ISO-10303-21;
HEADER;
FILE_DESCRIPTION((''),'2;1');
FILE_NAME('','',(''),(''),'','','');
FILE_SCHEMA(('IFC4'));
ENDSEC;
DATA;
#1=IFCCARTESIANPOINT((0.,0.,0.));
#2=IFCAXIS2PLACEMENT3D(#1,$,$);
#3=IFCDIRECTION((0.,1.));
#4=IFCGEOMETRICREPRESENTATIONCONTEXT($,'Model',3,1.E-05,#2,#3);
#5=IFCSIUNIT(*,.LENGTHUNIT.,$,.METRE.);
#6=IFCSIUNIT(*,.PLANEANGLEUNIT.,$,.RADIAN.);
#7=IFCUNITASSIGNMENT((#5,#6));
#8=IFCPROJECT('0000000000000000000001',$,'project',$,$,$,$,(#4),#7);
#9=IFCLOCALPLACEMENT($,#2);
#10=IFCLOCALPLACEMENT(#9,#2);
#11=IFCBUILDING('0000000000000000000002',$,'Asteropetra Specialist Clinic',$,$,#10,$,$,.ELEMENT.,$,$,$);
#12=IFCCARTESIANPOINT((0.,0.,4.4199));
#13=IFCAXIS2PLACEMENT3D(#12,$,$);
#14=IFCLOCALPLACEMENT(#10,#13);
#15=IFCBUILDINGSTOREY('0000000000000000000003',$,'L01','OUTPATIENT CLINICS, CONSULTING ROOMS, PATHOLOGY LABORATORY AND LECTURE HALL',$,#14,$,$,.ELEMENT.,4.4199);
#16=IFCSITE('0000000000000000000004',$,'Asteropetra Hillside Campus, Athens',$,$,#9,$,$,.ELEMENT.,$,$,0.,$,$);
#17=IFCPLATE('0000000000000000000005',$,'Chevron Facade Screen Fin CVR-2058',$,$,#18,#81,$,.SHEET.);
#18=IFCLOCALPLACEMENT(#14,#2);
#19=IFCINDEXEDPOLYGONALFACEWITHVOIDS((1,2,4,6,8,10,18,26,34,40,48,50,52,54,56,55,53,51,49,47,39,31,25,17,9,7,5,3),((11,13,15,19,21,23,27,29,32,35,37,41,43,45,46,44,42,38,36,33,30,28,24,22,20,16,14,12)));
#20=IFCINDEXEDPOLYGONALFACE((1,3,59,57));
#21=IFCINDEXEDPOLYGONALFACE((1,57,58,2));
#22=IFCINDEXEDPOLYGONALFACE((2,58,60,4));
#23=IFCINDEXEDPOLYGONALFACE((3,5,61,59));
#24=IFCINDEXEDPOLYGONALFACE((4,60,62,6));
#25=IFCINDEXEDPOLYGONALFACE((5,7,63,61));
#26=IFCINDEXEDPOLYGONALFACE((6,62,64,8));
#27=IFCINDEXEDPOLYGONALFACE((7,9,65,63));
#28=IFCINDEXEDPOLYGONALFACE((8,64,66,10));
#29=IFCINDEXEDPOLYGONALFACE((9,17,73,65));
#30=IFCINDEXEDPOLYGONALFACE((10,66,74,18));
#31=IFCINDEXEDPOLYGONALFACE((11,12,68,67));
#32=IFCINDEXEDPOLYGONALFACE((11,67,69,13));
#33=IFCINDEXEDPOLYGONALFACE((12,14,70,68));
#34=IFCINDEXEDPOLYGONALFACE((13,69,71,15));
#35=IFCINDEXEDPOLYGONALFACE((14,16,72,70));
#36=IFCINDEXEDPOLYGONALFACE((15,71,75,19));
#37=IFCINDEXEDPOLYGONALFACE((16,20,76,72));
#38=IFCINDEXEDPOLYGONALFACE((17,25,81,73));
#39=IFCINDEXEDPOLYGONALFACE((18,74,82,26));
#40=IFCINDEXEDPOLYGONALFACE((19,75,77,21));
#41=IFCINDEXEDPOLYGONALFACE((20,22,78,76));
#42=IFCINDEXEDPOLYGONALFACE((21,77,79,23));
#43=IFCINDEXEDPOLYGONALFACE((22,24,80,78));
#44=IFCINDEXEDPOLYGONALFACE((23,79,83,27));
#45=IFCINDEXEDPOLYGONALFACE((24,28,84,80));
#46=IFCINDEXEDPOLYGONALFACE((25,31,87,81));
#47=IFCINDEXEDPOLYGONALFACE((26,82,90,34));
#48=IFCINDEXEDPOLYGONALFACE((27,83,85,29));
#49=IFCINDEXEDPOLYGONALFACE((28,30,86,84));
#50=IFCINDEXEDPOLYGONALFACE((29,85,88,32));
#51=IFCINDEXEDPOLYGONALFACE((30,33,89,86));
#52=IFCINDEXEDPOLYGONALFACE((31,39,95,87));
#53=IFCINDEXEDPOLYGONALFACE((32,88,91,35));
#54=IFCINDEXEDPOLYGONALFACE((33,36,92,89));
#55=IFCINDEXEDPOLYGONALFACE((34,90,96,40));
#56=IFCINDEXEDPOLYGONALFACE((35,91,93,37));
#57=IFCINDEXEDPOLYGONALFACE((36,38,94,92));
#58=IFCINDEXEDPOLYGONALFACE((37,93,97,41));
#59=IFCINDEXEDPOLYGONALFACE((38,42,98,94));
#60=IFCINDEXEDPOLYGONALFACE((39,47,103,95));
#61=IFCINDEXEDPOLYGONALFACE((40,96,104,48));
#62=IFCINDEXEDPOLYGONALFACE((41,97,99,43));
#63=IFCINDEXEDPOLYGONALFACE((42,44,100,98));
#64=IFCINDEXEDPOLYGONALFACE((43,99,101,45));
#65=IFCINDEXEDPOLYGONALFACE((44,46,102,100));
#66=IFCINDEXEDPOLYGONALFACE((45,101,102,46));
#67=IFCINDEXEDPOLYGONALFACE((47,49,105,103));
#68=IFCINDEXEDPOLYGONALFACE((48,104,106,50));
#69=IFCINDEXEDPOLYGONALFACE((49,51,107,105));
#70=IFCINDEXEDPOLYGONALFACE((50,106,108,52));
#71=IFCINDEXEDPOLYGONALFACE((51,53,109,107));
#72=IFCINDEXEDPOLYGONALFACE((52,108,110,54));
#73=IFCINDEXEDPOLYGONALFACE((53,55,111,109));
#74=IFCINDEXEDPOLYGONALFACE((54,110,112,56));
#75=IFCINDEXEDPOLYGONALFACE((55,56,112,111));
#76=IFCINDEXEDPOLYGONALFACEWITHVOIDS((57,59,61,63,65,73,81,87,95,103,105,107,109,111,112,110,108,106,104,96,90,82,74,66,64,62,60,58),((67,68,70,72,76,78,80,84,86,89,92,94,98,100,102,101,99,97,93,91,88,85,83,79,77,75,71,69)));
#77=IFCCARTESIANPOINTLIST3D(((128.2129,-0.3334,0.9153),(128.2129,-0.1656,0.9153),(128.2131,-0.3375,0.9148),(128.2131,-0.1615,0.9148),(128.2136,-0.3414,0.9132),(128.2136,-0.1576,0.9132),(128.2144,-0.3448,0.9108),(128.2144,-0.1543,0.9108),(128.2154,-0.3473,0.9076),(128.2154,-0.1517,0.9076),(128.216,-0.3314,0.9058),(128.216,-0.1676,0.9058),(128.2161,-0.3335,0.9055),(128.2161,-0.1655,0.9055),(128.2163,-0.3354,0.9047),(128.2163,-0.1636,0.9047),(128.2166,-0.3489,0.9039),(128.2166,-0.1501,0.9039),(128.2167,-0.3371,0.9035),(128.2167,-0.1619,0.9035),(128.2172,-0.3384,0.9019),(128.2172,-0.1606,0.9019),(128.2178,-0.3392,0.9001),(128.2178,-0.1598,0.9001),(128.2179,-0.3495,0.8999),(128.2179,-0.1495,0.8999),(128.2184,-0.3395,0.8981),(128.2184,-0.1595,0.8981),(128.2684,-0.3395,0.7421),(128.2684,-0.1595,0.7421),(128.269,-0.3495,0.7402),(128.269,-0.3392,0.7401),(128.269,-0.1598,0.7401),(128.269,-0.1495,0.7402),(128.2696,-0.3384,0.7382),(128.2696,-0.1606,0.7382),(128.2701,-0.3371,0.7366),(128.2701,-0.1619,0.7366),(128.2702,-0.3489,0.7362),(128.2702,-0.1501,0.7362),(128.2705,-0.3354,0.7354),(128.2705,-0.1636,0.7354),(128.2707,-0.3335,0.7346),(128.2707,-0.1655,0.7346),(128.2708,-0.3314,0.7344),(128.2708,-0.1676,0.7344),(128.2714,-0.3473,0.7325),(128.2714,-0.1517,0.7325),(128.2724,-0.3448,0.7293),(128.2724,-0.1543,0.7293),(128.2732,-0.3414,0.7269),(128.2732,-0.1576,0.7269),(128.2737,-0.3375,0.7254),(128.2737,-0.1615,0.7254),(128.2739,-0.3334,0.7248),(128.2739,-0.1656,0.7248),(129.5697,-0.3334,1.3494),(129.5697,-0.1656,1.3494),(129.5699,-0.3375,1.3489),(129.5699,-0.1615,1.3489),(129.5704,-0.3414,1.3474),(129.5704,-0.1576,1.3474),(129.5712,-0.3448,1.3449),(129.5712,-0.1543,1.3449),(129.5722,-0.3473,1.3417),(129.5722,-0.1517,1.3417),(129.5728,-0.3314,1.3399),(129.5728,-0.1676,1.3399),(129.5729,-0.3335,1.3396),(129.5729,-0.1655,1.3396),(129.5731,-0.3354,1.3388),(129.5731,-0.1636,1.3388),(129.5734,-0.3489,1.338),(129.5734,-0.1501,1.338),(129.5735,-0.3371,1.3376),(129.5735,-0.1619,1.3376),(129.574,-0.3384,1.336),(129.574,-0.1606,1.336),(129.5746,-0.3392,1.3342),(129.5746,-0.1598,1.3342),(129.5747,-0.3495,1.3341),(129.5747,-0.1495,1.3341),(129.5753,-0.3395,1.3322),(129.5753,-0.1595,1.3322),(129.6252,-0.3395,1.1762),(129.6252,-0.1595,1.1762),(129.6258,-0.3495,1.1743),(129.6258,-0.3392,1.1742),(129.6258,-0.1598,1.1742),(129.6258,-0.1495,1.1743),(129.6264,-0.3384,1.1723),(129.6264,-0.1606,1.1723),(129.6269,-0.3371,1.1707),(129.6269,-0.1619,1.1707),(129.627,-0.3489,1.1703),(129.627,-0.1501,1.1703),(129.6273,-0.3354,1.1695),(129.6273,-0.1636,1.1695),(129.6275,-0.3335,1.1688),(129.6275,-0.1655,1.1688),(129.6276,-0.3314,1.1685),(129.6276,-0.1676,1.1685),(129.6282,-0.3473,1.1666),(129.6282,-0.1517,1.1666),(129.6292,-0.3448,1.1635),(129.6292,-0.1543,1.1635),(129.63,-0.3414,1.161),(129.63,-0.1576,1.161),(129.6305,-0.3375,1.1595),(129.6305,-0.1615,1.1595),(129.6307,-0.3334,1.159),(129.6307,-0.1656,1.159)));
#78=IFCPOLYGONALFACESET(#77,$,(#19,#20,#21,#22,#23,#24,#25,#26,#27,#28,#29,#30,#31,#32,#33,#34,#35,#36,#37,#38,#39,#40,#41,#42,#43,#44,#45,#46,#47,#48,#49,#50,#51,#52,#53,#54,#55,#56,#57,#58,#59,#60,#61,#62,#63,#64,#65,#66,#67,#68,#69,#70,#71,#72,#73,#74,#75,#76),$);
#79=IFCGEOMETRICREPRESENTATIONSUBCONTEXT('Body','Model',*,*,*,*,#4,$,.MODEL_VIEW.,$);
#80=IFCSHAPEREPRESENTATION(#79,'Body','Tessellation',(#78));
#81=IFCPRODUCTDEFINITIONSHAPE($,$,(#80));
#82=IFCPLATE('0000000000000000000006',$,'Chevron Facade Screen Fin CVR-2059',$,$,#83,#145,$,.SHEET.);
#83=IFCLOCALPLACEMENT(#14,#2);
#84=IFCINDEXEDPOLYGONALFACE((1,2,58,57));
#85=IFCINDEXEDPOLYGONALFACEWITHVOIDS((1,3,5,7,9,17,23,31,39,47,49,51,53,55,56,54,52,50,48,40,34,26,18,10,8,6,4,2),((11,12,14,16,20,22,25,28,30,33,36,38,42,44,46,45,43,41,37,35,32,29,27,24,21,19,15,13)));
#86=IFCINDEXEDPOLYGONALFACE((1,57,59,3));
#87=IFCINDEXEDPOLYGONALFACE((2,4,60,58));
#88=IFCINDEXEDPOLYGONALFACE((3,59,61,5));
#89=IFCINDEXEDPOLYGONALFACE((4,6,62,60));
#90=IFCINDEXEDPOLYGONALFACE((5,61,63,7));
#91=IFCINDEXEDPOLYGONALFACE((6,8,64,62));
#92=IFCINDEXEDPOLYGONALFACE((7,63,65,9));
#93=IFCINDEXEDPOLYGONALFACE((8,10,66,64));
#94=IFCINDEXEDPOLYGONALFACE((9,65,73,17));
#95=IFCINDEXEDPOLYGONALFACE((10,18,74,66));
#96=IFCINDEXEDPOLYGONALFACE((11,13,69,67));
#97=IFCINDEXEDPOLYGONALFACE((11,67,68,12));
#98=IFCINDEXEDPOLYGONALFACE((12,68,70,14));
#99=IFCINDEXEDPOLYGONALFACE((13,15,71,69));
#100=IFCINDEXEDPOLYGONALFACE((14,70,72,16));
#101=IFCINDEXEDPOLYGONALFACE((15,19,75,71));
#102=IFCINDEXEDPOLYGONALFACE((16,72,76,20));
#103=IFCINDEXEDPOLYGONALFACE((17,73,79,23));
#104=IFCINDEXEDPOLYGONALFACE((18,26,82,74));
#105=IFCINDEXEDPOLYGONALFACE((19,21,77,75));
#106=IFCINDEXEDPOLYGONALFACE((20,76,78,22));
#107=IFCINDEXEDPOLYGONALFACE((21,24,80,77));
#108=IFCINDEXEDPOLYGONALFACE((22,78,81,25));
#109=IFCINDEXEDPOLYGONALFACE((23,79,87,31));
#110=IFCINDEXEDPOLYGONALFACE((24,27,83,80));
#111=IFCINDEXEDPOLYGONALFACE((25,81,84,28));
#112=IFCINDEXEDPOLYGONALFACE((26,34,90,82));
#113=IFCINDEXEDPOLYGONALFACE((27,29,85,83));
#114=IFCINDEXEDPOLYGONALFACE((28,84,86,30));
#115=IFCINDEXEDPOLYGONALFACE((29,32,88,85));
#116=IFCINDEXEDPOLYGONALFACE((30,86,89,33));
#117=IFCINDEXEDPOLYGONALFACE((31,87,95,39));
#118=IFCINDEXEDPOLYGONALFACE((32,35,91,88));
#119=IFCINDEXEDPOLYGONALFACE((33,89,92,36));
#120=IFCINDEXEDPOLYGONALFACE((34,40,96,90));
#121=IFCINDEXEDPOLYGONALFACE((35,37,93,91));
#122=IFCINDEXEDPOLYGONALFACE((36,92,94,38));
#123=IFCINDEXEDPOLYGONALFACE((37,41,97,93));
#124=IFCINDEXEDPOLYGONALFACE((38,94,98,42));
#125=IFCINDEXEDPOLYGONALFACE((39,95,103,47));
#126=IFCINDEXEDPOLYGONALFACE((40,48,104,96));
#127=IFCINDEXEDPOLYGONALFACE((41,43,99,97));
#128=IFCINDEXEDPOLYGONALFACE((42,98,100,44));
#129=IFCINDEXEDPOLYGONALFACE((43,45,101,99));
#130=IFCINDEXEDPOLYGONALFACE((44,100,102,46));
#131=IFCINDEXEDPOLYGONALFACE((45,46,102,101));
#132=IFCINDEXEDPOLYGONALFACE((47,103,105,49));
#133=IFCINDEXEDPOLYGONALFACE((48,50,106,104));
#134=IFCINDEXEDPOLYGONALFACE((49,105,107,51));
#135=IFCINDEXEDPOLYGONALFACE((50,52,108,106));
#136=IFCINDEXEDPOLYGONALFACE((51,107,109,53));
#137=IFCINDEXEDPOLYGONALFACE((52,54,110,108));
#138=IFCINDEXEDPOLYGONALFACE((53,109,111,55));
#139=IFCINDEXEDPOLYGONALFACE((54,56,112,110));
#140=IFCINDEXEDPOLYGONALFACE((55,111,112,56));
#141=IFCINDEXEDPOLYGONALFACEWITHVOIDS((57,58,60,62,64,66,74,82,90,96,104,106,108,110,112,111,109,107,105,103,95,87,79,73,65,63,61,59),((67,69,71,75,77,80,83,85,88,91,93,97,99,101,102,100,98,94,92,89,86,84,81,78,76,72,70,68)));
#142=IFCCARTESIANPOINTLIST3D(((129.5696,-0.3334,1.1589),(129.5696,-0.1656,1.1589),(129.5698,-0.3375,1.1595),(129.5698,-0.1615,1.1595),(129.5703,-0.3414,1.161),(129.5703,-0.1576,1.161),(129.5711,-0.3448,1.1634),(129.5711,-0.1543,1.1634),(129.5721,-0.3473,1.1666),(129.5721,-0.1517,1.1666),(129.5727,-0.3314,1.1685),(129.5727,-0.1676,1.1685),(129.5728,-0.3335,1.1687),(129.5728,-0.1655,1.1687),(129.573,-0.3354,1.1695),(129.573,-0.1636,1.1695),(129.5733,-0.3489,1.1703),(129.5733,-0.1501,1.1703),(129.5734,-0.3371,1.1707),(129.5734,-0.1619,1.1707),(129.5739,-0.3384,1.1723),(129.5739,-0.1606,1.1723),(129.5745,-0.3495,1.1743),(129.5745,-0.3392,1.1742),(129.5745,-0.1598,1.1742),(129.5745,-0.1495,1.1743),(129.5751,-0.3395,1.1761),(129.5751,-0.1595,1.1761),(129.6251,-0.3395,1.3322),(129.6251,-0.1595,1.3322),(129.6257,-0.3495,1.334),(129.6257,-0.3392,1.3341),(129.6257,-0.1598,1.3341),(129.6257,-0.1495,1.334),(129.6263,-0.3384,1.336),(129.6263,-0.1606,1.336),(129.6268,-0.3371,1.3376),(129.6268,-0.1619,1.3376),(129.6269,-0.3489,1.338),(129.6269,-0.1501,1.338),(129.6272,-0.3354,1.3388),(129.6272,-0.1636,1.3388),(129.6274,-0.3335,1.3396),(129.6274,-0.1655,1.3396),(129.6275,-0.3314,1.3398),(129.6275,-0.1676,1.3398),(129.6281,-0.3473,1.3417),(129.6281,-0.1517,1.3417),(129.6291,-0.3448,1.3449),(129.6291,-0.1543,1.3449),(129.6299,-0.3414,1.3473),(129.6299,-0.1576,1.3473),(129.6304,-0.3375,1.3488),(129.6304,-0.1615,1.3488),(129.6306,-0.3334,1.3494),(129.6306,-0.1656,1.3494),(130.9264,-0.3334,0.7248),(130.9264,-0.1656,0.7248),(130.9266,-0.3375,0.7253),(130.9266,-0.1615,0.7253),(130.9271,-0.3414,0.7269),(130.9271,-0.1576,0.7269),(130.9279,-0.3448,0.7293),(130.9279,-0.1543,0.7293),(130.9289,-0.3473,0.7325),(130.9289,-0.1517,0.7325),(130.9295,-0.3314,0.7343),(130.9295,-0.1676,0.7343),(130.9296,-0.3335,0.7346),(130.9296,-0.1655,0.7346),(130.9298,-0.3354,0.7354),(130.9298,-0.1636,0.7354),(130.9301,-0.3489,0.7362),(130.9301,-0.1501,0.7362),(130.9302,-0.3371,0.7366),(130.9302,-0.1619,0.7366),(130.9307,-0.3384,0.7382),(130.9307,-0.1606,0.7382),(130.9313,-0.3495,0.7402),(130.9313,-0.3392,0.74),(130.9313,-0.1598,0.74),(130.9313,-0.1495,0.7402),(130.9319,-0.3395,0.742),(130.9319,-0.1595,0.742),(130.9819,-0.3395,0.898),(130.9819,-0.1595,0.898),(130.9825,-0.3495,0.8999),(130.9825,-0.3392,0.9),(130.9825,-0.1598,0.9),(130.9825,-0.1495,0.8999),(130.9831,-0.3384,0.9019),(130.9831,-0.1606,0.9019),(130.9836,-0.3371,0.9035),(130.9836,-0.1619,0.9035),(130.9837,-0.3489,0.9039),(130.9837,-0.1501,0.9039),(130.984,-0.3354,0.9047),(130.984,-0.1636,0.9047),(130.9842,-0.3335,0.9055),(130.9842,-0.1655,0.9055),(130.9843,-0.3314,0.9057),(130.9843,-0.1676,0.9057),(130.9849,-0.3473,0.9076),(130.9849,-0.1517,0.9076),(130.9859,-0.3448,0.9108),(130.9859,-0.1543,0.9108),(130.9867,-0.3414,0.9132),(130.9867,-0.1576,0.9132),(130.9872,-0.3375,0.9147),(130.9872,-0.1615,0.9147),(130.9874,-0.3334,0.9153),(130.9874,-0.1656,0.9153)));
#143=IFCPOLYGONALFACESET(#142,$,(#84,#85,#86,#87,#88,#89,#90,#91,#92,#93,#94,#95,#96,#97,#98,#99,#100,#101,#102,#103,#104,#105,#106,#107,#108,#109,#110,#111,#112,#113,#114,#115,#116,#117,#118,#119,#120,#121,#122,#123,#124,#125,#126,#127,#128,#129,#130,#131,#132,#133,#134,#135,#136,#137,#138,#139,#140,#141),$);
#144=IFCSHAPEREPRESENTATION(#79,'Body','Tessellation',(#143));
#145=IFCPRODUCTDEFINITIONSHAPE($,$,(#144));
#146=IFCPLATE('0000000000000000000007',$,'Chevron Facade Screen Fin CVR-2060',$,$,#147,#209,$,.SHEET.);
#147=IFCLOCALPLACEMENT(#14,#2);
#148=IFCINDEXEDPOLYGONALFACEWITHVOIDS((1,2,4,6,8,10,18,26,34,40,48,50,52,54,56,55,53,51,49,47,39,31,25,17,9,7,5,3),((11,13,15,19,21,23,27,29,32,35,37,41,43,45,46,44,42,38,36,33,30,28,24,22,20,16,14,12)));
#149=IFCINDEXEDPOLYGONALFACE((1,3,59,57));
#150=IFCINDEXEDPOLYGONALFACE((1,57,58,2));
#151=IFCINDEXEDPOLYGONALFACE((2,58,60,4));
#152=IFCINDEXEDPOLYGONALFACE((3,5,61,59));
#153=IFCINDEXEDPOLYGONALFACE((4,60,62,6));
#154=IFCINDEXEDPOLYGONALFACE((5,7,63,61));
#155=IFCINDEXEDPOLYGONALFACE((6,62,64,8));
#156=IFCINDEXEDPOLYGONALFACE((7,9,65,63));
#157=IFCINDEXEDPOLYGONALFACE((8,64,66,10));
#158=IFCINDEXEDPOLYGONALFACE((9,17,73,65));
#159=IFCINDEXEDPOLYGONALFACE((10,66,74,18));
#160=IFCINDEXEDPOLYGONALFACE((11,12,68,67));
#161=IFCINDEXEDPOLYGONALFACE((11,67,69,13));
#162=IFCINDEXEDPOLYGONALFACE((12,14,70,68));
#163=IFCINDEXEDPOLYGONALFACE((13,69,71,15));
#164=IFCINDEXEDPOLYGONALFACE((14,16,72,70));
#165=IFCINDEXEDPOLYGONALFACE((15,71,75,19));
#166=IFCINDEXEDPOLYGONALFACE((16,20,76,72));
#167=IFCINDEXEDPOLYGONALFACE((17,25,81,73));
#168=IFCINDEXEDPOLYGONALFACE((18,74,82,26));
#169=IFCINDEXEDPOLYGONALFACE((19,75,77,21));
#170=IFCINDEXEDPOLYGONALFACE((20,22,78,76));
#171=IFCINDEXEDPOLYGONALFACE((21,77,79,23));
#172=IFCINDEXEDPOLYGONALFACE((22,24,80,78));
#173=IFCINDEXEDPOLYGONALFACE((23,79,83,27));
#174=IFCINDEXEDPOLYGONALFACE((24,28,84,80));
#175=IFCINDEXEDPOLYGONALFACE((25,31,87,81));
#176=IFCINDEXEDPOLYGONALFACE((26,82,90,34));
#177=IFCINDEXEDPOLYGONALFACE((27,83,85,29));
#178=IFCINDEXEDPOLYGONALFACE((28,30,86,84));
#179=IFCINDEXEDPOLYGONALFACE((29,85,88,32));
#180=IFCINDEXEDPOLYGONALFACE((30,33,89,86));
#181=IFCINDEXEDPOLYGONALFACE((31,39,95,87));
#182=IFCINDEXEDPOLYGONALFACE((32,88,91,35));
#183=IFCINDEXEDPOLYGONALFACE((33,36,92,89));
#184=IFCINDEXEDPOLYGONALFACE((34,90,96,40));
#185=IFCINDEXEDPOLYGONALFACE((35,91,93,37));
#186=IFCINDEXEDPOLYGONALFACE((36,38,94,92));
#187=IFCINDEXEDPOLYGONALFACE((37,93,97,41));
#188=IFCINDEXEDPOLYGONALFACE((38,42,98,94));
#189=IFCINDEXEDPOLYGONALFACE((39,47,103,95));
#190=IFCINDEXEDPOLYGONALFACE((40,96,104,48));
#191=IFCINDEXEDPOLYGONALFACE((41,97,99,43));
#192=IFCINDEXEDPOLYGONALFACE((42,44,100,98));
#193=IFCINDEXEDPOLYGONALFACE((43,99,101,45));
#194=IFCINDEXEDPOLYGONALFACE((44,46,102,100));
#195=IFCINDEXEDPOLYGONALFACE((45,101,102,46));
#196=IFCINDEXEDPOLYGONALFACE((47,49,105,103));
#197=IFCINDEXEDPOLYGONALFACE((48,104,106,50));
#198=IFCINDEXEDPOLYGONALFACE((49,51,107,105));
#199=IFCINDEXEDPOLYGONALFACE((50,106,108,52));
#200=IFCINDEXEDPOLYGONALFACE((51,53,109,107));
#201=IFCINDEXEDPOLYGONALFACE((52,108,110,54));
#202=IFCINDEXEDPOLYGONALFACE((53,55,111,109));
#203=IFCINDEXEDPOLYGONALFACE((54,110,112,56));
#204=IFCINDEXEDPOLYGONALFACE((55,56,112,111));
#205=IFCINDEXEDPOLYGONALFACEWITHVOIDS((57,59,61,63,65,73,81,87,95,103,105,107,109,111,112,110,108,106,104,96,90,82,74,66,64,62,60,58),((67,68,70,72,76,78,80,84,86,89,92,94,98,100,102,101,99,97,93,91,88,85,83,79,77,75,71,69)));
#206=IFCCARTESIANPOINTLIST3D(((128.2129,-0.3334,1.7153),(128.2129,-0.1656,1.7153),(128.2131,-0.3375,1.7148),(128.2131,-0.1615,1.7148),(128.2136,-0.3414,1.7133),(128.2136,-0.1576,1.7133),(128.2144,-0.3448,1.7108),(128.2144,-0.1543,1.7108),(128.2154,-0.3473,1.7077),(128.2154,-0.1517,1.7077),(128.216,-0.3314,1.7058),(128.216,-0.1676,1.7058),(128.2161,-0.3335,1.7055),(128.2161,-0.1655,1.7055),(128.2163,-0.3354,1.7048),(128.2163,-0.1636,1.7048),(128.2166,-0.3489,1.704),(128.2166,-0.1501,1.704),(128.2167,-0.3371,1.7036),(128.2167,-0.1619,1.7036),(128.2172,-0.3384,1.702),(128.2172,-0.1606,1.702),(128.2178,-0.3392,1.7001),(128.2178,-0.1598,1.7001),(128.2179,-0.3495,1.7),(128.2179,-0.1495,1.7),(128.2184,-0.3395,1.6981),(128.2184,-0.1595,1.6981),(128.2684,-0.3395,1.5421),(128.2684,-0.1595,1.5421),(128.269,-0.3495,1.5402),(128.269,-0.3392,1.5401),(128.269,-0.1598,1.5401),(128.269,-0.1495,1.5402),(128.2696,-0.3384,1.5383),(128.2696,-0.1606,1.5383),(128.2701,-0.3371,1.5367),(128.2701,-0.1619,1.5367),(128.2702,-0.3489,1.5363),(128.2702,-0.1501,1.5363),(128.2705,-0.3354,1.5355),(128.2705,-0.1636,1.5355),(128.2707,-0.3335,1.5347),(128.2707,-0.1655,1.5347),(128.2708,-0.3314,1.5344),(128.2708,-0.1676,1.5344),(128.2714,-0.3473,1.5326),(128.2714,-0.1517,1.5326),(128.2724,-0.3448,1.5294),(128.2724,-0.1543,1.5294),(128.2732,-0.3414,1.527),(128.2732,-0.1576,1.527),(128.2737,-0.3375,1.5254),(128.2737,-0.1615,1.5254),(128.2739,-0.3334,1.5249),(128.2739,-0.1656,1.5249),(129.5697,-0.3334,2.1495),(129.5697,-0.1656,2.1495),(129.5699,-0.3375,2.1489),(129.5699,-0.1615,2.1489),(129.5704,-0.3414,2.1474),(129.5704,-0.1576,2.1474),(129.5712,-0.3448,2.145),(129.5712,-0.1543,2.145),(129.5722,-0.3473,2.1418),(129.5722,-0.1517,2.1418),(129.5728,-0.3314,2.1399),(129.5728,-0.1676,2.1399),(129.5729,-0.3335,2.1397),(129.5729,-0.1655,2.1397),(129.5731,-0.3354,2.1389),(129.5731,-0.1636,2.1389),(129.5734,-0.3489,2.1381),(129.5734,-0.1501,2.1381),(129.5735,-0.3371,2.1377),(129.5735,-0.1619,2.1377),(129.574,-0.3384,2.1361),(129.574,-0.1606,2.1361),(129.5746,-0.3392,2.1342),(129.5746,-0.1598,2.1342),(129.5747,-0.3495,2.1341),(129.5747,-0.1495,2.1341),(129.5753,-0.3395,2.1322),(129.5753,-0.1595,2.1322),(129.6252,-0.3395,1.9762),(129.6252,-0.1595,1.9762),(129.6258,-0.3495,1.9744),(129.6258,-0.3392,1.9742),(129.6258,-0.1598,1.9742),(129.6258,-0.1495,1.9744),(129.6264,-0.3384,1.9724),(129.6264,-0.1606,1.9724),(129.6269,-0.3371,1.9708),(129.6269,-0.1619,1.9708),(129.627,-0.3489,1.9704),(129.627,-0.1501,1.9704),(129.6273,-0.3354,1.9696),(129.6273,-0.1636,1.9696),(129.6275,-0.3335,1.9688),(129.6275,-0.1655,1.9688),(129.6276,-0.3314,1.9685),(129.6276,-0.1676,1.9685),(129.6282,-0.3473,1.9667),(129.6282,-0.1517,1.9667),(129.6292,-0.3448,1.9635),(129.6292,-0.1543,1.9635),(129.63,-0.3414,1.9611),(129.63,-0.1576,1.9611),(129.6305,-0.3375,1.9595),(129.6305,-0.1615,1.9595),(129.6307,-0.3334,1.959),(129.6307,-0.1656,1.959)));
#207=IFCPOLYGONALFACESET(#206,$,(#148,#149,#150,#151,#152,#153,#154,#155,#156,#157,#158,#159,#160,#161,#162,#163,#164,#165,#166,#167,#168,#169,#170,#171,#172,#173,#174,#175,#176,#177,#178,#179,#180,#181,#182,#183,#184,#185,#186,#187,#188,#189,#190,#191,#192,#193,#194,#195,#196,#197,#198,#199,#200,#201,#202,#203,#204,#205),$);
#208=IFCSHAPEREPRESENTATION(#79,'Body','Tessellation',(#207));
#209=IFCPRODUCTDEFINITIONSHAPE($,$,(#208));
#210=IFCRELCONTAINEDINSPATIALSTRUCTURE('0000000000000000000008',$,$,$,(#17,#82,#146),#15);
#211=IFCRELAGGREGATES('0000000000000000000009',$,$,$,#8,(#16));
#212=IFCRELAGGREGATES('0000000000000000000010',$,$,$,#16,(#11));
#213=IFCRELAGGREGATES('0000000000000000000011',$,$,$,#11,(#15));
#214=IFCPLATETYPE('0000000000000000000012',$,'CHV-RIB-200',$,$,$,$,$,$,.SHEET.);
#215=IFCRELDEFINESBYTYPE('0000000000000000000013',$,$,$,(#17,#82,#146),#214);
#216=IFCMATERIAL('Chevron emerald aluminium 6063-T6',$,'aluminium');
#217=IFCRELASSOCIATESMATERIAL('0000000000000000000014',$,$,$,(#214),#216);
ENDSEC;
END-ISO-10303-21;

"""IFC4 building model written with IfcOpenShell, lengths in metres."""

from ifc_helpers import new_model, si_unit, direction, frame, origin, origin_2d, place, context, subcontext, project, spatial, hollow_rectangle, extrude, material, material_profile, profile_set, type_object, element, save


model = new_model("IFC4")

# Units and contexts
model_context = context("Model", 3, precision=1e-05, world=origin(), true_north=direction((0.0, 1.0)))
body_context = subcontext(model_context, "Body", "Model", "MODEL_VIEW")
ifc_project = project(units=[si_unit("LENGTHUNIT", "METRE"), si_unit("PLANEANGLEUNIT", "RADIAN")], contexts=[model_context])

# Site, building, storey
site_placement = place(None, origin())
site = spatial("IfcSite", under=ifc_project, at=site_placement, Name="Asteropetra Hillside Campus, Athens", CompositionType="ELEMENT", RefElevation=0.0)
building_placement = place(site_placement, origin())
building = spatial("IfcBuilding", under=site, at=building_placement, Name="Asteropetra Specialist Clinic", CompositionType="ELEMENT")
storey_placement = place(building_placement, frame((0.0, 0.0, 4.4199)))
storey = spatial("IfcBuildingStorey", under=building, at=storey_placement, Name="L01", Description="OUTPATIENT CLINICS, CONSULTING ROOMS, PATHOLOGY LABORATORY AND LECTURE HALL", CompositionType="ELEMENT", Elevation=4.4199)

# Plates
ifc_material_1 = material(Name="Chevron emerald aluminium 6063-T6", Category="aluminium")
ifc_material_profile = material_profile(ifc_material_1, hollow_rectangle(XDim=0.2, YDim=0.2, WallThickness=0.01, InnerFilletRadius=0.0081, OuterFilletRadius=0.0161, at=origin_2d()), Name="SHS 200x200x10.0")
ifc_profile_set = profile_set([ifc_material_profile], Name="Chevron emerald aluminium 6063-T6")
plate_type = type_object("IfcPlateType", Name="CHV-RIB-200", PredefinedType="SHEET", material=ifc_profile_set)
for number, where, z_axis, x_axis, name in (
    (1, (128.2434, -0.2495, 0.8201), (0.952436, 0.0, 0.304738), (0.0, 1.0, 0.0), "Chevron Facade Screen Fin CVR-2058"),
    (2, (129.6001, -0.2495, 1.2542), (0.952436, 0.0, -0.304738), (0.0, 1.0, 0.0), "Chevron Facade Screen Fin CVR-2059"),
    (3, (128.2434, -0.2495, 1.6201), (0.952436, 0.0, 0.304738), (0.0, 1.0, 0.0), "Chevron Facade Screen Fin CVR-2060"),
):
    element("IfcPlate", number, at=place(storey_placement, frame(where, z_axis=z_axis, x_axis=x_axis)), inside=storey, type_object=plate_type, Name=name, PredefinedType="SHEET", context=body_context, shape_type="SweptSolid", body=[
        extrude(hollow_rectangle(XDim=0.2, YDim=0.2, WallThickness=0.01, InnerFilletRadius=0.0081, OuterFilletRadius=0.0161, at=origin_2d()), origin(), (0.0, 0.0, 1.0), 1.4246),
    ])

save(model, "model.ifc")
